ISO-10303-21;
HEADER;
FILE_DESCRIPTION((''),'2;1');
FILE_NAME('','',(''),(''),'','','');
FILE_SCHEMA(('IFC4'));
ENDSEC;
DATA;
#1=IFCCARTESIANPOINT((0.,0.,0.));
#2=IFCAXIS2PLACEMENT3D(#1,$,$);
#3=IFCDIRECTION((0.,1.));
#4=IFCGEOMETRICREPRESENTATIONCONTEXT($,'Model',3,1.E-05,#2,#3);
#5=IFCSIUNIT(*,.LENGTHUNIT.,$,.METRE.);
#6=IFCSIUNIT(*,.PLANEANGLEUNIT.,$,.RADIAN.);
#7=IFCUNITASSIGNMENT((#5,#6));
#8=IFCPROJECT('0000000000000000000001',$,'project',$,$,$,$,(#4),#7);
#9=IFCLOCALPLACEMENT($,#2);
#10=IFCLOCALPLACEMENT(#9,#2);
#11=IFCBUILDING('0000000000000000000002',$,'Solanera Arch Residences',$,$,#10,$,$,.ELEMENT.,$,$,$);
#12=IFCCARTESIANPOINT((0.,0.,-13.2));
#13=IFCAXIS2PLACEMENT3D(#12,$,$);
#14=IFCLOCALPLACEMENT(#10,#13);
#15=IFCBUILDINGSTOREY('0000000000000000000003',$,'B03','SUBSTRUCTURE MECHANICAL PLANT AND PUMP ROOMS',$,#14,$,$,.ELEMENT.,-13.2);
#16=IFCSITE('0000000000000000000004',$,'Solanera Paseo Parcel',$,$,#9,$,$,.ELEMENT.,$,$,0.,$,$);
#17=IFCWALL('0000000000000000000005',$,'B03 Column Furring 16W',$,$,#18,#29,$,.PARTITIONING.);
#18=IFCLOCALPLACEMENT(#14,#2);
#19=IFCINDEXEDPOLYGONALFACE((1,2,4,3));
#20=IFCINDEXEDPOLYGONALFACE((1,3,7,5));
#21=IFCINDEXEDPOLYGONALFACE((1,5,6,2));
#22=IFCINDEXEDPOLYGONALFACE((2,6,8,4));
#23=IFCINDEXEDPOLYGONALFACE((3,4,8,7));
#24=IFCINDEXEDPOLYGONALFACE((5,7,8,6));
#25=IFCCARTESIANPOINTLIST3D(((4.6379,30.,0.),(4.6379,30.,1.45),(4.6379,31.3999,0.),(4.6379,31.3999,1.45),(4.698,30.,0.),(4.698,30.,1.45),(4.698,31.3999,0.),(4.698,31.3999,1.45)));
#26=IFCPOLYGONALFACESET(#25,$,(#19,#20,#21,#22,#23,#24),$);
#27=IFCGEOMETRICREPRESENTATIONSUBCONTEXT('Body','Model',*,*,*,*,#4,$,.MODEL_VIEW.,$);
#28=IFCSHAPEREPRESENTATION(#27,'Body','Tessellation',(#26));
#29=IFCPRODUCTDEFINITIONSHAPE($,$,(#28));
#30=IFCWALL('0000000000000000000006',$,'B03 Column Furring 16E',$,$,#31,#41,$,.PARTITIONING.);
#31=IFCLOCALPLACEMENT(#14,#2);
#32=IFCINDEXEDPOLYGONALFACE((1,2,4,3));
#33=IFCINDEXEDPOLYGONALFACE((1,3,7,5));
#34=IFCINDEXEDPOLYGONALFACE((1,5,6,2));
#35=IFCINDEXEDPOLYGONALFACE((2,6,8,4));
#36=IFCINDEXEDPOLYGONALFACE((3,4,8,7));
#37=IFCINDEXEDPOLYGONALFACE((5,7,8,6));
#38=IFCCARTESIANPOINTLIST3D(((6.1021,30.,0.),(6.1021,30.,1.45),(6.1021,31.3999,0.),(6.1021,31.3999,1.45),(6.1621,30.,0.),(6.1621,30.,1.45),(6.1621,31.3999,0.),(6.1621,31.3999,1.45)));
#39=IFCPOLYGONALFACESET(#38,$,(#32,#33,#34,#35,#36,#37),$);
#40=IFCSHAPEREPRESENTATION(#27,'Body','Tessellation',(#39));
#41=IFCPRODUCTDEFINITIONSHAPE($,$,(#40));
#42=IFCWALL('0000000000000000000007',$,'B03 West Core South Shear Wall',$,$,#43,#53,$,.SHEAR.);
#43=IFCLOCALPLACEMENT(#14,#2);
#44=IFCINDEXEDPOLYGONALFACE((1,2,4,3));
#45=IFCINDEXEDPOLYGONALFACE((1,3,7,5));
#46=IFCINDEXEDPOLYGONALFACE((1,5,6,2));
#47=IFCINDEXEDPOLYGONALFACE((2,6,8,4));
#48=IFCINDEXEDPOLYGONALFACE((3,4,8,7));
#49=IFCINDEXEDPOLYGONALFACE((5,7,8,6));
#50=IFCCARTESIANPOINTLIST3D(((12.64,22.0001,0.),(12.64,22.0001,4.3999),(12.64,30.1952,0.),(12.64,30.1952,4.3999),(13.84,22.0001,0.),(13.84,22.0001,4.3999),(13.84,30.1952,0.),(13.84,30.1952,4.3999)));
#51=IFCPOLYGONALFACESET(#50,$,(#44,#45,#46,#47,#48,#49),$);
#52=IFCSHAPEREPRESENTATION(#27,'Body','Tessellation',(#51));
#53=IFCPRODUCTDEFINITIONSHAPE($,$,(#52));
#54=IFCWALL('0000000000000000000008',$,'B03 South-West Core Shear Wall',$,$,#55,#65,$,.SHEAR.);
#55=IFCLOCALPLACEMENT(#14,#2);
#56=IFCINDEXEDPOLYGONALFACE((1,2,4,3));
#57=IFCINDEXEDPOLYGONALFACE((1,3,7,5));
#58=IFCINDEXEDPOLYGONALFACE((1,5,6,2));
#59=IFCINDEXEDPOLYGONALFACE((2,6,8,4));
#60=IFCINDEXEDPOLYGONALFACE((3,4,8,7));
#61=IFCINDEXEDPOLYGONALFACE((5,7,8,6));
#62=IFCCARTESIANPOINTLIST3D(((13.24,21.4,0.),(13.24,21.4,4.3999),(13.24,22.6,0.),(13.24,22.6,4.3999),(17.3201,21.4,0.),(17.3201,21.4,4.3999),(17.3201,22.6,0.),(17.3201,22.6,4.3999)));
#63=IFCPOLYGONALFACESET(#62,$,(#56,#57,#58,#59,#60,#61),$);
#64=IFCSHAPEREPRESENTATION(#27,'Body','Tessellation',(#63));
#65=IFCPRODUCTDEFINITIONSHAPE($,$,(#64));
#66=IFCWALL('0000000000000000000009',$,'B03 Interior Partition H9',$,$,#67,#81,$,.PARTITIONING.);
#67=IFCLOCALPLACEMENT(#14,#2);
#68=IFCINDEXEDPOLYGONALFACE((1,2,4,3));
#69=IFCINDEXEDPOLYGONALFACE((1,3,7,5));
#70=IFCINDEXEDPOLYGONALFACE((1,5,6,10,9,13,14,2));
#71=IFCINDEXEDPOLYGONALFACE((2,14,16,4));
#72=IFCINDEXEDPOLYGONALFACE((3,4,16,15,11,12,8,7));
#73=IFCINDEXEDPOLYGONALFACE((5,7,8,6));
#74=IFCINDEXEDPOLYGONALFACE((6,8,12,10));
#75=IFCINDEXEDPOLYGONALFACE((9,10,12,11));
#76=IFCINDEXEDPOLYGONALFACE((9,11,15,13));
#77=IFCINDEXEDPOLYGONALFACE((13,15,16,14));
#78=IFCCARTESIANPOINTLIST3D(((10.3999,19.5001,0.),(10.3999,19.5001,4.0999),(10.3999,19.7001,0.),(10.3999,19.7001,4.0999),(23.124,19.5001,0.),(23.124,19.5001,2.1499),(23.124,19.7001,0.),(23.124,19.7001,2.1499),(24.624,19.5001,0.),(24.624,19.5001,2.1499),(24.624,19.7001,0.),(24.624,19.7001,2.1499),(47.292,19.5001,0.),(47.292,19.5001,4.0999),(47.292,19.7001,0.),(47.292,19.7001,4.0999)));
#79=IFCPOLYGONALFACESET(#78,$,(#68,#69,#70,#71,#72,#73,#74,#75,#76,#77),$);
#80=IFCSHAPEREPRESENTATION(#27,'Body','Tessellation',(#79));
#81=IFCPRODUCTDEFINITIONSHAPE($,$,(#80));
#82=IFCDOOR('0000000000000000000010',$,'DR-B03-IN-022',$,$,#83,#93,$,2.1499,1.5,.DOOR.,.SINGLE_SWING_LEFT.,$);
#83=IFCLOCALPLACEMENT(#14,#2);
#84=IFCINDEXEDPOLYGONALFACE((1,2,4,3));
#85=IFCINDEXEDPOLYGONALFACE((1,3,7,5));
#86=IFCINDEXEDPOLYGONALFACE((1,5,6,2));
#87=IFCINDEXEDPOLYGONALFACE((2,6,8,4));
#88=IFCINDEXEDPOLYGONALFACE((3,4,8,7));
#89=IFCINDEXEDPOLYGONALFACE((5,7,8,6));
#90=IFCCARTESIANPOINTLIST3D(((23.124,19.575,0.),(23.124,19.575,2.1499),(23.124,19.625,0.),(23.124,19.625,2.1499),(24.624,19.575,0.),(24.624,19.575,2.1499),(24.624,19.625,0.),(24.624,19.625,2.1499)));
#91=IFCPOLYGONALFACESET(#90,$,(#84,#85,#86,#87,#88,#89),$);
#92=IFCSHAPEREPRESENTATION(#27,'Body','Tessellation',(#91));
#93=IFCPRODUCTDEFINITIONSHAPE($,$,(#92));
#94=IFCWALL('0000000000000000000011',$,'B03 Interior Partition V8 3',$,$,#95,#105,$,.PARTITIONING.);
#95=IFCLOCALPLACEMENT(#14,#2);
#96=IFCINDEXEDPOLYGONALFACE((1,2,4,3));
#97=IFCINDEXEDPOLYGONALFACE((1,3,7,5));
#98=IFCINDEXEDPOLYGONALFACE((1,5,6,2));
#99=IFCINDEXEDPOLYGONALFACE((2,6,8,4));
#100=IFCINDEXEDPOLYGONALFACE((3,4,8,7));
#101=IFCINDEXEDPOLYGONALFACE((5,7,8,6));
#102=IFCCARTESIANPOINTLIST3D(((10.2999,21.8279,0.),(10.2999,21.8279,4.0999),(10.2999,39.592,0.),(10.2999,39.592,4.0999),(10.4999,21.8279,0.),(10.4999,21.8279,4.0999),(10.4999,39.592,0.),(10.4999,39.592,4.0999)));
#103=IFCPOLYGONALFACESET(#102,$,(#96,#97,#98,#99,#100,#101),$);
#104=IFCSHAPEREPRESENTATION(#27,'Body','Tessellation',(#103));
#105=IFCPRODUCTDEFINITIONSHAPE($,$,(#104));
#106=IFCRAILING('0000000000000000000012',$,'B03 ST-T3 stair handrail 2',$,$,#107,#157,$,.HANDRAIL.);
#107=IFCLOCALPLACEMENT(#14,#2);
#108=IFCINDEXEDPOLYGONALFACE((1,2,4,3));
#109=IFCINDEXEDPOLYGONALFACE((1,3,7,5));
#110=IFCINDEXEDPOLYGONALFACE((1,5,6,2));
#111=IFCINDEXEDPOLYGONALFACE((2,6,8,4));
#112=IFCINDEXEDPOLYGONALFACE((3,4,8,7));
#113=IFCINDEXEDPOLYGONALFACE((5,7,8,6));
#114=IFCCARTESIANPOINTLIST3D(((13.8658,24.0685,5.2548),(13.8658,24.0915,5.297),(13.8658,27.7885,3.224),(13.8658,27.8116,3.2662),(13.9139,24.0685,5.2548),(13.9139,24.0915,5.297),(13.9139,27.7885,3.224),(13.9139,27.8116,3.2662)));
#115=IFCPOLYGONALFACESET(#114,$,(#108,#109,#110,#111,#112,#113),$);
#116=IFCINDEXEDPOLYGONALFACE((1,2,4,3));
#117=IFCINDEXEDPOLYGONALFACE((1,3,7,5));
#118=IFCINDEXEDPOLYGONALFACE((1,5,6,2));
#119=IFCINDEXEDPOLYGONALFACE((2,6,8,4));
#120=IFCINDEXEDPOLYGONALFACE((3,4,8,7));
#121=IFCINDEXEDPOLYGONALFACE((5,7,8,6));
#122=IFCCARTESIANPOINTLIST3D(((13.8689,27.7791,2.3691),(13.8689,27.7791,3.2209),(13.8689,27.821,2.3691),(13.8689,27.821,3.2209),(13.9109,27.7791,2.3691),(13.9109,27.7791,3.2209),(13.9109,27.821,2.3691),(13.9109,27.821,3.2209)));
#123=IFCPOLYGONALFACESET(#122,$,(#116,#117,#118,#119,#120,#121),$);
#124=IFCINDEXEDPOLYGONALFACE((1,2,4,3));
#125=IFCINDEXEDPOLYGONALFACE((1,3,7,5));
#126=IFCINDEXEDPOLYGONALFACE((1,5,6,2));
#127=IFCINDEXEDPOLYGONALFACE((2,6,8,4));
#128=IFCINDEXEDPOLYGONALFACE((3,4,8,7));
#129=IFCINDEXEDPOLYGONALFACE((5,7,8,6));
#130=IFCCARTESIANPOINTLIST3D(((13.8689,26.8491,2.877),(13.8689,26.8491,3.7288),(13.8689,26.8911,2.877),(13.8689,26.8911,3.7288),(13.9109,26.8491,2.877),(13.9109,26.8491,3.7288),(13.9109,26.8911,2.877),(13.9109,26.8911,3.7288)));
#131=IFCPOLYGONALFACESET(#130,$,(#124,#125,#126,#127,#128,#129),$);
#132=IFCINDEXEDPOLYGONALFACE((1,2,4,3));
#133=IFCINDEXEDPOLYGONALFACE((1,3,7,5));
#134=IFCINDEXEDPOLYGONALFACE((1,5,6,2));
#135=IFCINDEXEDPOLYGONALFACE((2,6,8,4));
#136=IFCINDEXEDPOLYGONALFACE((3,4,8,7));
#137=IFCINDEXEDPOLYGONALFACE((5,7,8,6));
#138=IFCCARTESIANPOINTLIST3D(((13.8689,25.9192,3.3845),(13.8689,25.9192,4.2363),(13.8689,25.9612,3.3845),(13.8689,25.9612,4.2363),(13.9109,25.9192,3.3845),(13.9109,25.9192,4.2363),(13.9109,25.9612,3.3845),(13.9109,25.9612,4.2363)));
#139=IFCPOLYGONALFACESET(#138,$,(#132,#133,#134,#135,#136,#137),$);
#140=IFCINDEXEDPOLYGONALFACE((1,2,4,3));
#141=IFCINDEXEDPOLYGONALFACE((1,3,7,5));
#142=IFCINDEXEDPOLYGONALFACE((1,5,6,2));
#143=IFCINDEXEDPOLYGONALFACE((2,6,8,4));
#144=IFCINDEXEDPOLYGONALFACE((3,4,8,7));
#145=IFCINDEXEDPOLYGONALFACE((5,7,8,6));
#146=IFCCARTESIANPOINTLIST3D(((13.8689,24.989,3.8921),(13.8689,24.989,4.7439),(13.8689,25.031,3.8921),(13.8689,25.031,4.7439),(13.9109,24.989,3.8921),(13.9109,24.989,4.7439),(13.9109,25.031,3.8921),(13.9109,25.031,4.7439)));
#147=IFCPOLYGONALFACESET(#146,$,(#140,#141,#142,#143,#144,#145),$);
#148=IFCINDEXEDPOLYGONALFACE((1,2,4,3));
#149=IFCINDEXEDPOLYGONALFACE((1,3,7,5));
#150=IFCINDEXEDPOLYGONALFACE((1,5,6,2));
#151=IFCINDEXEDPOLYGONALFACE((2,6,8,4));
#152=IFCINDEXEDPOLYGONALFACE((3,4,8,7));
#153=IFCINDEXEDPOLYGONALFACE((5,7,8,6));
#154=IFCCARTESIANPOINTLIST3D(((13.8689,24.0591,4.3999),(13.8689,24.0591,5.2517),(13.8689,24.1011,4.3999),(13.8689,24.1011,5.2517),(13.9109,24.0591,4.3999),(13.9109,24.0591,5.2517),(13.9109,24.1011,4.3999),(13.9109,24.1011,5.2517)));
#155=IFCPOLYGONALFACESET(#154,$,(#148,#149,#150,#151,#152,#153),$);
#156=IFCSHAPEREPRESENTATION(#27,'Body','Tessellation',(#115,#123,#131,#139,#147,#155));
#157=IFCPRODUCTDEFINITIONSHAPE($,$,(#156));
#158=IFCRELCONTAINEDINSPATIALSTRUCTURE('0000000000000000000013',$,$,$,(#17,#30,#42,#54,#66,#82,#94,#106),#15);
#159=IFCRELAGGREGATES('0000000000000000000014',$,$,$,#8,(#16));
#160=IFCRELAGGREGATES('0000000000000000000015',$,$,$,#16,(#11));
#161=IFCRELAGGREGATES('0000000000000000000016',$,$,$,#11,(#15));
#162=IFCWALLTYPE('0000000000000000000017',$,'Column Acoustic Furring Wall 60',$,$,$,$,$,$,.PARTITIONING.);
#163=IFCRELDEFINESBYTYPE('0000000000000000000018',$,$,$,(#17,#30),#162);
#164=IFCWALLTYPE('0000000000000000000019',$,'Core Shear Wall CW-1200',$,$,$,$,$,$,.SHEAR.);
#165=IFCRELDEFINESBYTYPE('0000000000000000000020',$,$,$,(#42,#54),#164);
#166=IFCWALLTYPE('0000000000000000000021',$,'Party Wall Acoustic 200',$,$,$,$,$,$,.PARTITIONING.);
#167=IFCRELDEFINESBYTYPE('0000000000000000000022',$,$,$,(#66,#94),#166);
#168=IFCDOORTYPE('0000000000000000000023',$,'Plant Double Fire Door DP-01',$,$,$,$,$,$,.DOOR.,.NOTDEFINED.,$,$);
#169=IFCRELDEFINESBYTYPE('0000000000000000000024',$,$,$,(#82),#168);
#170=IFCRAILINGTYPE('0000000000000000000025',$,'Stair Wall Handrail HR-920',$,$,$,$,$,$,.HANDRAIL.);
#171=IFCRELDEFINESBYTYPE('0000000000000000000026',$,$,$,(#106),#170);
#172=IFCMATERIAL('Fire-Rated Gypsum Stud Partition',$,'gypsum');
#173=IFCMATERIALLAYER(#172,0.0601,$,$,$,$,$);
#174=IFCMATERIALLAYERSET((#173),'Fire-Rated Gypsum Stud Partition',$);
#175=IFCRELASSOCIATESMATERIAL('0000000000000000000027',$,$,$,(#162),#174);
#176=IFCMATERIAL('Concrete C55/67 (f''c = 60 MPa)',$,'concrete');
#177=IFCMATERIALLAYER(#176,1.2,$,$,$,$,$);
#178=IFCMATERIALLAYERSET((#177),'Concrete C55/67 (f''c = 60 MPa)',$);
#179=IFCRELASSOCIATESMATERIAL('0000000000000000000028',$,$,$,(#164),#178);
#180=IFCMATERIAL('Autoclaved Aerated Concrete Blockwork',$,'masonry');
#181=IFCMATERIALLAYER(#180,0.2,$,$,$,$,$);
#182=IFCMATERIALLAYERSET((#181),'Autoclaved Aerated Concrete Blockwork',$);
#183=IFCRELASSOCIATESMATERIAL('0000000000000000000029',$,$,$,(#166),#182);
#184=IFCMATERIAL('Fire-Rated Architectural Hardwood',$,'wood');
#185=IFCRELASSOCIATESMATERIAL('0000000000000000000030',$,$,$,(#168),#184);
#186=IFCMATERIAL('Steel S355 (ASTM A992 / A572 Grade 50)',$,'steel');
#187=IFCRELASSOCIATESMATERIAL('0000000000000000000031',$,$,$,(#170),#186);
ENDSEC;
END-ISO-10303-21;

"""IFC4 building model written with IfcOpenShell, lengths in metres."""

from ifc_helpers import new_model, si_unit, direction, frame, frame_2d, origin, origin_2d, place, context, subcontext, project, spatial, rectangle, extrude, material, layer, layer_set, type_object, element, fill, save


model = new_model("IFC4")

# Units and contexts
model_context = context("Model", 3, precision=1e-05, world=origin(), true_north=direction((0.0, 1.0)))
body_context = subcontext(model_context, "Body", "Model", "MODEL_VIEW")
ifc_project = project(units=[si_unit("LENGTHUNIT", "METRE"), si_unit("PLANEANGLEUNIT", "RADIAN")], contexts=[model_context])

# Site, building, storey
site_placement = place(None, origin())
site = spatial("IfcSite", under=ifc_project, at=site_placement, Name="Solanera Paseo Parcel", CompositionType="ELEMENT", RefElevation=0.0)
building_placement = place(site_placement, origin())
building = spatial("IfcBuilding", under=site, at=building_placement, Name="Solanera Arch Residences", CompositionType="ELEMENT")
storey_placement = place(building_placement, frame((0.0, 0.0, -13.2)))
storey = spatial("IfcBuildingStorey", under=building, at=storey_placement, Name="B03", Description="SUBSTRUCTURE MECHANICAL PLANT AND PUMP ROOMS", CompositionType="ELEMENT", Elevation=-13.2)

# Walls
ifc_material_1 = material(Name="Fire-Rated Gypsum Stud Partition", Category="gypsum")
ifc_layer_1 = layer(ifc_material_1, 0.0601)
ifc_layer_set_1 = layer_set([ifc_layer_1], Name="Fire-Rated Gypsum Stud Partition")
wall_type_1 = type_object("IfcWallType", Name="Column Acoustic Furring Wall 60", PredefinedType="PARTITIONING", material=ifc_layer_set_1)
for number, where, z_axis, x_axis, name in (
    (1, (4.668, 30.0, 0.0), (0.0, 0.0, 1.0), (0.0, 1.0, 0.0), "B03 Column Furring 16W"),
    (2, (6.1321, 30.0, 0.0), (0.0, 0.0, 1.0), (0.0, 1.0, 0.0), "B03 Column Furring 16E"),
):
    element("IfcWall", number, at=place(storey_placement, frame(where, z_axis=z_axis, x_axis=x_axis)), inside=storey, type_object=wall_type_1, Name=name, PredefinedType="PARTITIONING", context=body_context, shape_type="SweptSolid", body=[
        extrude(rectangle(XDim=1.3999, YDim=0.0601, at=frame_2d((0.7, 0.0))), origin(), (0.0, 0.0, 1.0), 1.45),
    ])
ifc_material_2 = material(Name="Concrete C55/67 (f'c = 60 MPa)", Category="concrete")
ifc_layer_2 = layer(ifc_material_2, 1.2)
ifc_layer_set_2 = layer_set([ifc_layer_2], Name="Concrete C55/67 (f'c = 60 MPa)")
wall_type_2 = type_object("IfcWallType", Name="Core Shear Wall CW-1200", PredefinedType="SHEAR", material=ifc_layer_set_2)
wall_1_placement = place(storey_placement, frame((13.24, 22.0, 0.0), z_axis=(0.0, 0.0, 1.0), x_axis=(0.0, 1.0, 0.0)))
element("IfcWall", 3, at=wall_1_placement, inside=storey, type_object=wall_type_2, Name="B03 West Core South Shear Wall", PredefinedType="SHEAR", context=body_context, shape_type="SweptSolid", body=[
    extrude(rectangle(XDim=8.1951, YDim=1.2, at=frame_2d((4.0977, 0.0))), origin(), (0.0, 0.0, 1.0), 4.3999),
])
wall_2_placement = place(storey_placement, frame((13.24, 22.0, 0.0), z_axis=(0.0, 0.0, 1.0), x_axis=(1.0, 0.0, 0.0)))
element("IfcWall", 4, at=wall_2_placement, inside=storey, type_object=wall_type_2, Name="B03 South-West Core Shear Wall", PredefinedType="SHEAR", context=body_context, shape_type="SweptSolid", body=[
    extrude(rectangle(XDim=4.0801, YDim=1.2, at=frame_2d((2.04, 0.0))), origin(), (0.0, 0.0, 1.0), 4.3999),
])

# Wall, opening, door
ifc_material_3 = material(Name="Autoclaved Aerated Concrete Blockwork", Category="masonry")
ifc_layer_3 = layer(ifc_material_3, 0.2)
ifc_layer_set_3 = layer_set([ifc_layer_3], Name="Autoclaved Aerated Concrete Blockwork")
wall_type_3 = type_object("IfcWallType", Name="Party Wall Acoustic 200", PredefinedType="PARTITIONING", material=ifc_layer_set_3)
wall_3_placement = place(storey_placement, frame((10.3999, 19.6001, 0.0), z_axis=(0.0, 0.0, 1.0), x_axis=(1.0, 0.0, 0.0)))
wall_3 = element("IfcWall", 5, at=wall_3_placement, inside=storey, type_object=wall_type_3, Name="B03 Interior Partition H9", PredefinedType="PARTITIONING", context=body_context, shape_type="SweptSolid", body=[
    extrude(rectangle(XDim=36.8921, YDim=0.2, at=frame_2d((18.446, 0.0))), origin(), (0.0, 0.0, 1.0), 4.0999),
])
opening_1_placement = place(wall_3_placement, frame((12.7241, 0.0, 0.0)))
opening_1 = element("IfcOpeningElement", 6, at=opening_1_placement, cuts=wall_3, PredefinedType="OPENING", context=body_context, shape_type="SweptSolid", body=[
    extrude(rectangle(XDim=1.5, YDim=2.1499, at=frame_2d((0.75, 1.075))), frame((0.0, 0.1101, 0.0), z_axis=(0.0, -1.0, 0.0), x_axis=(1.0, 0.0, 0.0)), (0.0, 0.0, 1.0), 0.22),
])
ifc_material_4 = material(Name="Fire-Rated Architectural Hardwood", Category="wood")
door_type_1 = type_object("IfcDoorType", Name="Plant Double Fire Door DP-01", OperationType="NOTDEFINED", PredefinedType="DOOR", material=ifc_material_4)
door_1_placement = place(opening_1_placement, origin())
door_1 = element("IfcDoor", 7, at=door_1_placement, inside=storey, type_object=door_type_1, Name="DR-B03-IN-022", OperationType="SINGLE_SWING_LEFT", OverallHeight=2.1499, OverallWidth=1.5, PredefinedType="DOOR", context=body_context, shape_type="SweptSolid", body=[
    extrude(rectangle(XDim=1.5, YDim=2.1499, at=frame_2d((0.75, 1.075))), frame((0.0, 0.0249, 0.0), z_axis=(0.0, -1.0, 0.0), x_axis=(1.0, 0.0, 0.0)), (0.0, 0.0, 1.0), 0.05),
])
fill(opening_1, door_1)

# Wall
wall_4_placement = place(storey_placement, frame((10.3999, 21.8279, 0.0), z_axis=(0.0, 0.0, 1.0), x_axis=(0.0, 1.0, 0.0)))
element("IfcWall", 8, at=wall_4_placement, inside=storey, type_object=wall_type_3, Name="B03 Interior Partition V8 3", PredefinedType="PARTITIONING", context=body_context, shape_type="SweptSolid", body=[
    extrude(rectangle(XDim=17.7642, YDim=0.2, at=frame_2d((8.8821, 0.0))), origin(), (0.0, 0.0, 1.0), 4.0999),
])

# Railing
ifc_material_5 = material(Name="Steel S355 (ASTM A992 / A572 Grade 50)", Category="steel")
railing_type = type_object("IfcRailingType", Name="Stair Wall Handrail HR-920", PredefinedType="HANDRAIL", material=ifc_material_5)
railing_placement = place(storey_placement, frame((13.8899, 27.8, 2.3691)))
element("IfcRailing", 9, at=railing_placement, inside=storey, type_object=railing_type, Name="B03 ST-T3 stair handrail 2", PredefinedType="HANDRAIL", context=body_context, shape_type="SweptSolid", body=[
    extrude(rectangle(XDim=0.0481, YDim=0.0481, at=origin_2d()), frame((0.0, 0.0, 0.876), z_axis=(0.0, -0.877728, 0.479159), x_axis=(1.0, 0.0, 0.0)), (0.0, 0.0, 1.0), 4.2383),
    extrude(rectangle(XDim=0.042, YDim=0.042, at=origin_2d()), origin(), (0.0, 0.0, 1.0), 0.8518),
    extrude(rectangle(XDim=0.042, YDim=0.042, at=origin_2d()), frame((0.0, -0.9299, 0.5078)), (0.0, 0.0, 1.0), 0.8518),
    extrude(rectangle(XDim=0.042, YDim=0.042, at=origin_2d()), frame((0.0, -1.8599, 1.0154)), (0.0, 0.0, 1.0), 0.8518),
    extrude(rectangle(XDim=0.042, YDim=0.042, at=origin_2d()), frame((0.0, -2.79, 1.5229)), (0.0, 0.0, 1.0), 0.8518),
    extrude(rectangle(XDim=0.042, YDim=0.042, at=origin_2d()), frame((0.0, -3.72, 2.0308)), (0.0, 0.0, 1.0), 0.8518),
])

save(model, "model.ifc")
